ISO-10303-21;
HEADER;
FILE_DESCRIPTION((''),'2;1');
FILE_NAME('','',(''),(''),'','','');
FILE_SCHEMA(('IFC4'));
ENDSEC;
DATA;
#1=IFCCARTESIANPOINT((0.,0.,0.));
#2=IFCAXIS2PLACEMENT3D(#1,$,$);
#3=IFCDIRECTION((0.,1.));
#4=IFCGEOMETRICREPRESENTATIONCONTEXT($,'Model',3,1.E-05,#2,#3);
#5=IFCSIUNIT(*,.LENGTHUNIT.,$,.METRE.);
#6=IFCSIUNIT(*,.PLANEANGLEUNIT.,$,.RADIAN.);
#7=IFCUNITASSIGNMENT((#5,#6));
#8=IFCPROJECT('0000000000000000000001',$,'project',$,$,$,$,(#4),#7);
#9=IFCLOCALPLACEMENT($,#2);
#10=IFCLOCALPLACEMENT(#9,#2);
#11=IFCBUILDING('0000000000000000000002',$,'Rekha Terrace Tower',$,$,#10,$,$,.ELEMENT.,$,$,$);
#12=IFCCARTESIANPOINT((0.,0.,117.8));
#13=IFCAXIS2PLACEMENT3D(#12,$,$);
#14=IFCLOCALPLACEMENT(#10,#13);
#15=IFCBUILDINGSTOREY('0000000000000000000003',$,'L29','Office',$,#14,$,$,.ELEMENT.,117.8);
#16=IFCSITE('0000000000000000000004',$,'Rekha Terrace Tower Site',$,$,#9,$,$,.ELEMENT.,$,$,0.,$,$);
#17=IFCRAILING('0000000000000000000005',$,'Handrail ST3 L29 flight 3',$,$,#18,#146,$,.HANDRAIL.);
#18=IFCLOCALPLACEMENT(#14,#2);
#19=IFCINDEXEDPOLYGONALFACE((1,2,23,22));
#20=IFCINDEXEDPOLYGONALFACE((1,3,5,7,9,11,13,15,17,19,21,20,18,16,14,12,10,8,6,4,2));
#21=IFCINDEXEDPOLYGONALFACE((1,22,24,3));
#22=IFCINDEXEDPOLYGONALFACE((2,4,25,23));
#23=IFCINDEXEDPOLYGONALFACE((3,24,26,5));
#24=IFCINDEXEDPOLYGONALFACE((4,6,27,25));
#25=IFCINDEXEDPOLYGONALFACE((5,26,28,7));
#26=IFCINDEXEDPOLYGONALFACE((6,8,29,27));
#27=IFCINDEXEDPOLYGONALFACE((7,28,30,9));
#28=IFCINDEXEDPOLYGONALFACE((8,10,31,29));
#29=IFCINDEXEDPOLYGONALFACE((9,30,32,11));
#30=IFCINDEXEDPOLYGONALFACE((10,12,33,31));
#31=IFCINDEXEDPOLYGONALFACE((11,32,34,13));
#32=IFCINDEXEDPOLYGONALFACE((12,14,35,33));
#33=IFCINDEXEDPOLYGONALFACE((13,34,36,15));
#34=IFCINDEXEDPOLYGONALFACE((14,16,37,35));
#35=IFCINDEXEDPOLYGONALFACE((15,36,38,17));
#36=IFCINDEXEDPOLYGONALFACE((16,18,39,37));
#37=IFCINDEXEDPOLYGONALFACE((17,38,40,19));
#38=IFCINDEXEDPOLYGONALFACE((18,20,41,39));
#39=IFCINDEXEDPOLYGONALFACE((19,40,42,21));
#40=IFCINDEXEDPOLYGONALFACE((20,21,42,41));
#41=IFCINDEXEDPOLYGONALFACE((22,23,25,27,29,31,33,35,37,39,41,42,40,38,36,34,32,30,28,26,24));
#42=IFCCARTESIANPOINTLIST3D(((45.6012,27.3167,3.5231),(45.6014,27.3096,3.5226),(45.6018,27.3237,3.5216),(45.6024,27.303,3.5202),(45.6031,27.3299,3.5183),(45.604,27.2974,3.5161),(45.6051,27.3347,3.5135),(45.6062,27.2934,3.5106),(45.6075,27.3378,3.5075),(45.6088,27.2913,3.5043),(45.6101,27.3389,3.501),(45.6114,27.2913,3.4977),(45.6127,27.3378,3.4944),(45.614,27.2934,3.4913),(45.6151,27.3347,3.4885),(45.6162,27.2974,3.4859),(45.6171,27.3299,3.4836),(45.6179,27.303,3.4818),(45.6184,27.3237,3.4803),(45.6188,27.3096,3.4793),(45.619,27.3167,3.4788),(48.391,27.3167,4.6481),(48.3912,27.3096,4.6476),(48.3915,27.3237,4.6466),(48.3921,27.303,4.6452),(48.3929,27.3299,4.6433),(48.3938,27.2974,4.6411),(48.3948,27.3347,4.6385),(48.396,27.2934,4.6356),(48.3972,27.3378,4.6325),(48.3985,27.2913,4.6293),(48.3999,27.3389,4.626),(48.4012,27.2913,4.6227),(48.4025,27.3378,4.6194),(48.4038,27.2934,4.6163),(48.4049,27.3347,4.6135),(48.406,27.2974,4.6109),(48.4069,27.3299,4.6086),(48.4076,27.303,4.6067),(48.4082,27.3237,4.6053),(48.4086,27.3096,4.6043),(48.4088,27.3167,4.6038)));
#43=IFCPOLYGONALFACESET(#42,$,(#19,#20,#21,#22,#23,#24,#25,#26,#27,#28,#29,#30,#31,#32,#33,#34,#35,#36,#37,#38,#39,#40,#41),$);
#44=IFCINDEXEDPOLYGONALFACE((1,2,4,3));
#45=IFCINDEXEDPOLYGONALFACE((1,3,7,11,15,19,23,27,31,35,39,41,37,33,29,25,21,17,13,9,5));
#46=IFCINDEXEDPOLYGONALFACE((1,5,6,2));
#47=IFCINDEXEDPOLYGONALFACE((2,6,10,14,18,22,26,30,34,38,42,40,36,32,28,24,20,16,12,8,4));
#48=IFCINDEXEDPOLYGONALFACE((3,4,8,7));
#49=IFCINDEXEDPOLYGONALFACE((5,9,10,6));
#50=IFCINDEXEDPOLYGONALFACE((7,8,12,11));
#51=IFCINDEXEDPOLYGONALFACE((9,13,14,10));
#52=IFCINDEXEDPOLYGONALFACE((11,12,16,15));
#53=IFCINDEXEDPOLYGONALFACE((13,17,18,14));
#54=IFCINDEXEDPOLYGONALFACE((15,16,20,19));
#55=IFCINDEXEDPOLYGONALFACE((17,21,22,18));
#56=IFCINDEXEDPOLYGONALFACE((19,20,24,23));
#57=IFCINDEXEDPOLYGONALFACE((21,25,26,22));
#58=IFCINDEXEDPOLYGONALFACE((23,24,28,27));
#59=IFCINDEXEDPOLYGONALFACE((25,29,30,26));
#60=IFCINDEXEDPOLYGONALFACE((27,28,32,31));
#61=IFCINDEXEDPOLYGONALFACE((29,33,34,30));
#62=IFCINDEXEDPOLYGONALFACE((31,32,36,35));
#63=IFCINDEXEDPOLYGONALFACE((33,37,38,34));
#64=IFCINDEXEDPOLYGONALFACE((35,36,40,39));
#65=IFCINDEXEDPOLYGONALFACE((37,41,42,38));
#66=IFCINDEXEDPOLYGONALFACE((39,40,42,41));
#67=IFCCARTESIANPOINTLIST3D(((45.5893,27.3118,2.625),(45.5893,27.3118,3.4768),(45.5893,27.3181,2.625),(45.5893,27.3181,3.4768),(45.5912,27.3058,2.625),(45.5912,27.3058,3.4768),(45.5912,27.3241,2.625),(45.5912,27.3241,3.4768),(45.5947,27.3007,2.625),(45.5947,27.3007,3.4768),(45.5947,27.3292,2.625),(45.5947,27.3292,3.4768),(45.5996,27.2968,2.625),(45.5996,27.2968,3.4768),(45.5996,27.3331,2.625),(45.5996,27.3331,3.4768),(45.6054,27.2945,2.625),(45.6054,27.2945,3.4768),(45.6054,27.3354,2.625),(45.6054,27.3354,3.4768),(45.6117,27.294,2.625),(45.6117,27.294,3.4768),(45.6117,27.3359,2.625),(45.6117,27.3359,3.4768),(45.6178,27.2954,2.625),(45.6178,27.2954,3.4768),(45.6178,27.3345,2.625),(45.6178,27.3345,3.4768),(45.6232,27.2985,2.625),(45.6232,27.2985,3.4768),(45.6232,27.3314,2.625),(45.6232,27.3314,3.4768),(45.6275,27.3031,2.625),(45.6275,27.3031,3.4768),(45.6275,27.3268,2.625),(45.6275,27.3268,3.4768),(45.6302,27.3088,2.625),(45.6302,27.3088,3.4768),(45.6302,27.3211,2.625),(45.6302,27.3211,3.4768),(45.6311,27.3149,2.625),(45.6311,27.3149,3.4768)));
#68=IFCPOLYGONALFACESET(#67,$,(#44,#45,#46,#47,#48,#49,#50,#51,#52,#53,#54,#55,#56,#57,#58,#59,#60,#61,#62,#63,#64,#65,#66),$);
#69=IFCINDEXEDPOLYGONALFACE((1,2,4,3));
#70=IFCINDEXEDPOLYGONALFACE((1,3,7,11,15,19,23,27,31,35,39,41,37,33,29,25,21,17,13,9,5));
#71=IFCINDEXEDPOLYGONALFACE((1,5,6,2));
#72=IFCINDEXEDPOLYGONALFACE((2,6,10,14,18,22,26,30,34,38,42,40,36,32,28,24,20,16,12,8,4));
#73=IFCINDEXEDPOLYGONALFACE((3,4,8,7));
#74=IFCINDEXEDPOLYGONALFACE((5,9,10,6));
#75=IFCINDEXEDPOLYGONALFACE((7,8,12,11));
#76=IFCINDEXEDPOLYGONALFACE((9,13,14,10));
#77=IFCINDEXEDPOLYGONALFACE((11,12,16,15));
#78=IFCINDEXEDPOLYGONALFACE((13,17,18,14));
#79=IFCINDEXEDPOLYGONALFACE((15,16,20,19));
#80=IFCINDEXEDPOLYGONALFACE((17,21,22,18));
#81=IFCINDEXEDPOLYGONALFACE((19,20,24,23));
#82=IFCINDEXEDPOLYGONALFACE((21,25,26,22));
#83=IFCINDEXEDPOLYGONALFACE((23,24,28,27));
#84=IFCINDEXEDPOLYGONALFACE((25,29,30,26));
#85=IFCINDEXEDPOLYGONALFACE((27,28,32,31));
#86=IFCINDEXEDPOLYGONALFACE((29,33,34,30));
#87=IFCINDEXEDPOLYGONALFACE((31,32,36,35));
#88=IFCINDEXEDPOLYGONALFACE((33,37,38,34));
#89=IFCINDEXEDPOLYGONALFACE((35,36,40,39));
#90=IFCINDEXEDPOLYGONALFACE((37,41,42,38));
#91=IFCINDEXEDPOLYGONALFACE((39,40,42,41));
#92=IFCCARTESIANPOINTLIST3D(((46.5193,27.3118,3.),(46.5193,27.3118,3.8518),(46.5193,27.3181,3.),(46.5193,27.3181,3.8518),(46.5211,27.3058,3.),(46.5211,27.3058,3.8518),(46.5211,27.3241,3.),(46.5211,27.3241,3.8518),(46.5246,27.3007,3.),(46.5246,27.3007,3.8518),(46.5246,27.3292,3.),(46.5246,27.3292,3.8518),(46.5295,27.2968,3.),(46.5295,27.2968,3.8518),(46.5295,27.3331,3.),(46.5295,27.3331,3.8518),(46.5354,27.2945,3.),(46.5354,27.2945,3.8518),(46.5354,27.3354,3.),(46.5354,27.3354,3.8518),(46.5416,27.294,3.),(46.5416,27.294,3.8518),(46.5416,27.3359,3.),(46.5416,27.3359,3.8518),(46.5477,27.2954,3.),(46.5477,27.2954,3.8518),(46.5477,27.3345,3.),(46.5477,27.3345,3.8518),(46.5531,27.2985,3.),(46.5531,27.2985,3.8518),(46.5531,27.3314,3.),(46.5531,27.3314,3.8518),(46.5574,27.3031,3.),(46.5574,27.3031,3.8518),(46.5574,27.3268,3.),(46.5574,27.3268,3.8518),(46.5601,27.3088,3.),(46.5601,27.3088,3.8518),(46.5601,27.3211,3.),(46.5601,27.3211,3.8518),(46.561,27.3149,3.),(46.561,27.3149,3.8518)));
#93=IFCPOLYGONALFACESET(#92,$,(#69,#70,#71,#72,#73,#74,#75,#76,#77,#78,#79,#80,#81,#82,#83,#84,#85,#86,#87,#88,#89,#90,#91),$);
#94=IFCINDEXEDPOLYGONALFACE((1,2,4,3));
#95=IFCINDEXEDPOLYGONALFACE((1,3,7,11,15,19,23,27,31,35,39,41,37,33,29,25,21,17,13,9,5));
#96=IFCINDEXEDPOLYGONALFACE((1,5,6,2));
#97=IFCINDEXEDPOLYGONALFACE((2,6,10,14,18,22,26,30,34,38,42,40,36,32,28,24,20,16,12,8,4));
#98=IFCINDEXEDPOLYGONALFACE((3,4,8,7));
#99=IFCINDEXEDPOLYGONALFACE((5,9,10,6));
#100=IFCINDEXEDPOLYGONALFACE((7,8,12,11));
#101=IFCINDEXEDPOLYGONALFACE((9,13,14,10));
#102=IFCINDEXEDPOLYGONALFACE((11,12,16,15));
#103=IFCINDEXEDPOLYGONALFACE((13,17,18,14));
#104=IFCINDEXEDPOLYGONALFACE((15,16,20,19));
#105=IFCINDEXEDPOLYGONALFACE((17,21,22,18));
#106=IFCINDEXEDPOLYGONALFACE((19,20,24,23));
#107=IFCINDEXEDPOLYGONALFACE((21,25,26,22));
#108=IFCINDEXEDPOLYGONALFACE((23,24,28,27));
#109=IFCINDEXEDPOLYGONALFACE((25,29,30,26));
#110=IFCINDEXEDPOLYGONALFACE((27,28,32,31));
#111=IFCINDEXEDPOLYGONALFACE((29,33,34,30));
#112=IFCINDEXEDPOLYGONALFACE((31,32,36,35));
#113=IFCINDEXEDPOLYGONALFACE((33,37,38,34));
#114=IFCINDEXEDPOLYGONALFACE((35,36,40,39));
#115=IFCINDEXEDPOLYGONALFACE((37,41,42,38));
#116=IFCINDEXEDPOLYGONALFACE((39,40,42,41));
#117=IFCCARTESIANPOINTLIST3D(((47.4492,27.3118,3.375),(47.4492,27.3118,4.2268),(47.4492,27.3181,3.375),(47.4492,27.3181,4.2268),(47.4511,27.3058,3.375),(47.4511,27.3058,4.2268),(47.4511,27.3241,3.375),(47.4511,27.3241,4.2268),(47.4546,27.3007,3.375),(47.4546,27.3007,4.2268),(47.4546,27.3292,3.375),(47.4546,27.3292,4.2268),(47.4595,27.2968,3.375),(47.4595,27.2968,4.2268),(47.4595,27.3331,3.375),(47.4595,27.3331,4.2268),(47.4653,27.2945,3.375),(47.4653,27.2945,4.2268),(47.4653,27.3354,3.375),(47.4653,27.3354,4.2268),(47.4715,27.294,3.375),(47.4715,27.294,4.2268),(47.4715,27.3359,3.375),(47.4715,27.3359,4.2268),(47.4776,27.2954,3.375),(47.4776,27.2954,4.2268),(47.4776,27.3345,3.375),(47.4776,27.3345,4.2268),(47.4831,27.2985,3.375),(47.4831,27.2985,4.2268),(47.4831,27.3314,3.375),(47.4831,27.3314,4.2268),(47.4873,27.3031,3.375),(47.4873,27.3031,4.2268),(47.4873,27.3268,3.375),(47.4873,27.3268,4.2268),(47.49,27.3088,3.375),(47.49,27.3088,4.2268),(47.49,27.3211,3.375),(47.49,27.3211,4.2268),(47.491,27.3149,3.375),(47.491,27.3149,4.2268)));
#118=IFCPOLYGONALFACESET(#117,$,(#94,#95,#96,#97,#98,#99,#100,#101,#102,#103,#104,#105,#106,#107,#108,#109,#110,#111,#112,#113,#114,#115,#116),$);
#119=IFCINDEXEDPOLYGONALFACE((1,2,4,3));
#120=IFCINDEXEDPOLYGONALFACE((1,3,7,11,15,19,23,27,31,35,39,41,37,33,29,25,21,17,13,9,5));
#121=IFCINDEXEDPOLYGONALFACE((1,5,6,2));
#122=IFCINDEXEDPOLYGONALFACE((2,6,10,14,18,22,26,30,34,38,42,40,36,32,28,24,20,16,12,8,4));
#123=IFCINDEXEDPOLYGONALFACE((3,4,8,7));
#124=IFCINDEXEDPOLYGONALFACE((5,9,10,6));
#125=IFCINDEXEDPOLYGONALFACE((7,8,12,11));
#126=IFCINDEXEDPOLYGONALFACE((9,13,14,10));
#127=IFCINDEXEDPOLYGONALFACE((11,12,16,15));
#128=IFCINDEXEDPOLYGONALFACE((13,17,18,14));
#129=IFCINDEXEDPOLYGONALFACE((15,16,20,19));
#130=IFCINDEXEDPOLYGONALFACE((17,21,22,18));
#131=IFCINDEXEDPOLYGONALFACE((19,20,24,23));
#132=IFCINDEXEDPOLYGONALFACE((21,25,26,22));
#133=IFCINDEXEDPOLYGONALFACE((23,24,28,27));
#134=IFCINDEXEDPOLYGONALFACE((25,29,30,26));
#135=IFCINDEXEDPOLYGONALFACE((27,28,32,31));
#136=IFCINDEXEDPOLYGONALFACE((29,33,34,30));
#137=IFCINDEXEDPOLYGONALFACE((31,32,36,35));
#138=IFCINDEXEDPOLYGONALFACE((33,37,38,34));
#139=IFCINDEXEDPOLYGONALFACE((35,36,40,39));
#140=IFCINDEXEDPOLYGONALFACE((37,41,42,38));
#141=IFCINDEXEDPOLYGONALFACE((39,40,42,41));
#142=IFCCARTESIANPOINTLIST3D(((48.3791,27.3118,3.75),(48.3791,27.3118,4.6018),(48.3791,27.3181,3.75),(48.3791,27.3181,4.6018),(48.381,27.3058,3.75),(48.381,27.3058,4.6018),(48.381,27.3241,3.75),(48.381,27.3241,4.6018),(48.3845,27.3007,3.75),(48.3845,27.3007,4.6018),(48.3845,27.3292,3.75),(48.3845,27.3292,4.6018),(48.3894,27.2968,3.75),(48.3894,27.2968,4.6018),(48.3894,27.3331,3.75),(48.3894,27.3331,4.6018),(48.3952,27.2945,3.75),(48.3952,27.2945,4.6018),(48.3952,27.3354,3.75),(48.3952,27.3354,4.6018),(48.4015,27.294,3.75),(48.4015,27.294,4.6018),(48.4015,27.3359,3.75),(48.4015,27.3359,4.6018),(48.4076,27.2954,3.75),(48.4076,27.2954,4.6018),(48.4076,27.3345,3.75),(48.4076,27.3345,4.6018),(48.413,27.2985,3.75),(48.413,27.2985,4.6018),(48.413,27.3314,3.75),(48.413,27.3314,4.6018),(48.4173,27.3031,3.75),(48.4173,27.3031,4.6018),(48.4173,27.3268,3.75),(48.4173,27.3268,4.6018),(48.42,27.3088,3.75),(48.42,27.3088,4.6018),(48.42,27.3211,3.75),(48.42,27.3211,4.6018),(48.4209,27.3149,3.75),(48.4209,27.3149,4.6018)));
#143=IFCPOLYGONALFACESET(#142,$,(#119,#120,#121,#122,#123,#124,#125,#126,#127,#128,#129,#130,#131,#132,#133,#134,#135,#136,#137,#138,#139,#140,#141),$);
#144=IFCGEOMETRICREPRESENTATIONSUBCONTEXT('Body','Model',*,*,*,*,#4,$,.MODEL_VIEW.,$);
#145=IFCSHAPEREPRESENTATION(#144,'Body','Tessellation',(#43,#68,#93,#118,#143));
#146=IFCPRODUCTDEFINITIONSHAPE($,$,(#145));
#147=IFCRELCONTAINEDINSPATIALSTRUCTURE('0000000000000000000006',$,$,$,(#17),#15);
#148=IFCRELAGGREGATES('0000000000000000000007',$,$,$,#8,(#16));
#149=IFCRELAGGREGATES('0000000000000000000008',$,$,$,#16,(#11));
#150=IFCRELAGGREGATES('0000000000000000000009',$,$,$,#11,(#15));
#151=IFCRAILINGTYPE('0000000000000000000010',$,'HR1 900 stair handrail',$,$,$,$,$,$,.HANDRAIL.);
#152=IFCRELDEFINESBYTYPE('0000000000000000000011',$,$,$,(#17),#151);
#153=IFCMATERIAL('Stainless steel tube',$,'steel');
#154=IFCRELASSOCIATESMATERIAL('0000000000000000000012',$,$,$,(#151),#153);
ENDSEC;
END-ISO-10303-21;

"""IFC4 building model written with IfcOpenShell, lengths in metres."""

from ifc_helpers import new_model, si_unit, direction, frame, origin, origin_2d, place, context, subcontext, project, spatial, circle, extrude, material, type_object, element, save


model = new_model("IFC4")

# Units and contexts
model_context = context("Model", 3, precision=1e-05, world=origin(), true_north=direction((0.0, 1.0)))
body_context = subcontext(model_context, "Body", "Model", "MODEL_VIEW")
ifc_project = project(units=[si_unit("LENGTHUNIT", "METRE"), si_unit("PLANEANGLEUNIT", "RADIAN")], contexts=[model_context])

# Site, building, storey
site_placement = place(None, origin())
site = spatial("IfcSite", under=ifc_project, at=site_placement, Name="Rekha Terrace Tower Site", CompositionType="ELEMENT", RefElevation=0.0)
building_placement = place(site_placement, origin())
building = spatial("IfcBuilding", under=site, at=building_placement, Name="Rekha Terrace Tower", CompositionType="ELEMENT")
storey_placement = place(building_placement, frame((0.0, 0.0, 117.8)))
storey = spatial("IfcBuildingStorey", under=building, at=storey_placement, Name="L29", Description="Office", CompositionType="ELEMENT", Elevation=117.8)

# Railing
ifc_material_1 = material(Name="Stainless steel tube", Category="steel")
railing_type_1 = type_object("IfcRailingType", Name="HR1 900 stair handrail", PredefinedType="HANDRAIL", material=ifc_material_1)
railing_1_placement = place(storey_placement, frame((45.6101, 27.3149, 2.625)))
element("IfcRailing", 1, at=railing_1_placement, inside=storey, type_object=railing_type_1, Name="Handrail ST3 L29 flight 3", PredefinedType="HANDRAIL", context=body_context, shape_type="SweptSolid", body=[
    extrude(circle(Radius=0.0239, at=origin_2d()), frame((0.0, 0.0, 0.876), z_axis=(0.927432, 0.0, 0.373992), x_axis=(0.0, 1.0, 0.0)), (0.0, 0.0, 1.0), 3.0081),
    extrude(circle(Radius=0.021, at=origin_2d()), origin(), (0.0, 0.0, 1.0), 0.8518),
    extrude(circle(Radius=0.021, at=origin_2d()), frame((0.9299, 0.0, 0.375)), (0.0, 0.0, 1.0), 0.8518),
    extrude(circle(Radius=0.021, at=origin_2d()), frame((1.8599, 0.0, 0.75)), (0.0, 0.0, 1.0), 0.8518),
    extrude(circle(Radius=0.021, at=origin_2d()), frame((2.7898, 0.0, 1.125)), (0.0, 0.0, 1.0), 0.8518),
])

save(model, "model.ifc")
